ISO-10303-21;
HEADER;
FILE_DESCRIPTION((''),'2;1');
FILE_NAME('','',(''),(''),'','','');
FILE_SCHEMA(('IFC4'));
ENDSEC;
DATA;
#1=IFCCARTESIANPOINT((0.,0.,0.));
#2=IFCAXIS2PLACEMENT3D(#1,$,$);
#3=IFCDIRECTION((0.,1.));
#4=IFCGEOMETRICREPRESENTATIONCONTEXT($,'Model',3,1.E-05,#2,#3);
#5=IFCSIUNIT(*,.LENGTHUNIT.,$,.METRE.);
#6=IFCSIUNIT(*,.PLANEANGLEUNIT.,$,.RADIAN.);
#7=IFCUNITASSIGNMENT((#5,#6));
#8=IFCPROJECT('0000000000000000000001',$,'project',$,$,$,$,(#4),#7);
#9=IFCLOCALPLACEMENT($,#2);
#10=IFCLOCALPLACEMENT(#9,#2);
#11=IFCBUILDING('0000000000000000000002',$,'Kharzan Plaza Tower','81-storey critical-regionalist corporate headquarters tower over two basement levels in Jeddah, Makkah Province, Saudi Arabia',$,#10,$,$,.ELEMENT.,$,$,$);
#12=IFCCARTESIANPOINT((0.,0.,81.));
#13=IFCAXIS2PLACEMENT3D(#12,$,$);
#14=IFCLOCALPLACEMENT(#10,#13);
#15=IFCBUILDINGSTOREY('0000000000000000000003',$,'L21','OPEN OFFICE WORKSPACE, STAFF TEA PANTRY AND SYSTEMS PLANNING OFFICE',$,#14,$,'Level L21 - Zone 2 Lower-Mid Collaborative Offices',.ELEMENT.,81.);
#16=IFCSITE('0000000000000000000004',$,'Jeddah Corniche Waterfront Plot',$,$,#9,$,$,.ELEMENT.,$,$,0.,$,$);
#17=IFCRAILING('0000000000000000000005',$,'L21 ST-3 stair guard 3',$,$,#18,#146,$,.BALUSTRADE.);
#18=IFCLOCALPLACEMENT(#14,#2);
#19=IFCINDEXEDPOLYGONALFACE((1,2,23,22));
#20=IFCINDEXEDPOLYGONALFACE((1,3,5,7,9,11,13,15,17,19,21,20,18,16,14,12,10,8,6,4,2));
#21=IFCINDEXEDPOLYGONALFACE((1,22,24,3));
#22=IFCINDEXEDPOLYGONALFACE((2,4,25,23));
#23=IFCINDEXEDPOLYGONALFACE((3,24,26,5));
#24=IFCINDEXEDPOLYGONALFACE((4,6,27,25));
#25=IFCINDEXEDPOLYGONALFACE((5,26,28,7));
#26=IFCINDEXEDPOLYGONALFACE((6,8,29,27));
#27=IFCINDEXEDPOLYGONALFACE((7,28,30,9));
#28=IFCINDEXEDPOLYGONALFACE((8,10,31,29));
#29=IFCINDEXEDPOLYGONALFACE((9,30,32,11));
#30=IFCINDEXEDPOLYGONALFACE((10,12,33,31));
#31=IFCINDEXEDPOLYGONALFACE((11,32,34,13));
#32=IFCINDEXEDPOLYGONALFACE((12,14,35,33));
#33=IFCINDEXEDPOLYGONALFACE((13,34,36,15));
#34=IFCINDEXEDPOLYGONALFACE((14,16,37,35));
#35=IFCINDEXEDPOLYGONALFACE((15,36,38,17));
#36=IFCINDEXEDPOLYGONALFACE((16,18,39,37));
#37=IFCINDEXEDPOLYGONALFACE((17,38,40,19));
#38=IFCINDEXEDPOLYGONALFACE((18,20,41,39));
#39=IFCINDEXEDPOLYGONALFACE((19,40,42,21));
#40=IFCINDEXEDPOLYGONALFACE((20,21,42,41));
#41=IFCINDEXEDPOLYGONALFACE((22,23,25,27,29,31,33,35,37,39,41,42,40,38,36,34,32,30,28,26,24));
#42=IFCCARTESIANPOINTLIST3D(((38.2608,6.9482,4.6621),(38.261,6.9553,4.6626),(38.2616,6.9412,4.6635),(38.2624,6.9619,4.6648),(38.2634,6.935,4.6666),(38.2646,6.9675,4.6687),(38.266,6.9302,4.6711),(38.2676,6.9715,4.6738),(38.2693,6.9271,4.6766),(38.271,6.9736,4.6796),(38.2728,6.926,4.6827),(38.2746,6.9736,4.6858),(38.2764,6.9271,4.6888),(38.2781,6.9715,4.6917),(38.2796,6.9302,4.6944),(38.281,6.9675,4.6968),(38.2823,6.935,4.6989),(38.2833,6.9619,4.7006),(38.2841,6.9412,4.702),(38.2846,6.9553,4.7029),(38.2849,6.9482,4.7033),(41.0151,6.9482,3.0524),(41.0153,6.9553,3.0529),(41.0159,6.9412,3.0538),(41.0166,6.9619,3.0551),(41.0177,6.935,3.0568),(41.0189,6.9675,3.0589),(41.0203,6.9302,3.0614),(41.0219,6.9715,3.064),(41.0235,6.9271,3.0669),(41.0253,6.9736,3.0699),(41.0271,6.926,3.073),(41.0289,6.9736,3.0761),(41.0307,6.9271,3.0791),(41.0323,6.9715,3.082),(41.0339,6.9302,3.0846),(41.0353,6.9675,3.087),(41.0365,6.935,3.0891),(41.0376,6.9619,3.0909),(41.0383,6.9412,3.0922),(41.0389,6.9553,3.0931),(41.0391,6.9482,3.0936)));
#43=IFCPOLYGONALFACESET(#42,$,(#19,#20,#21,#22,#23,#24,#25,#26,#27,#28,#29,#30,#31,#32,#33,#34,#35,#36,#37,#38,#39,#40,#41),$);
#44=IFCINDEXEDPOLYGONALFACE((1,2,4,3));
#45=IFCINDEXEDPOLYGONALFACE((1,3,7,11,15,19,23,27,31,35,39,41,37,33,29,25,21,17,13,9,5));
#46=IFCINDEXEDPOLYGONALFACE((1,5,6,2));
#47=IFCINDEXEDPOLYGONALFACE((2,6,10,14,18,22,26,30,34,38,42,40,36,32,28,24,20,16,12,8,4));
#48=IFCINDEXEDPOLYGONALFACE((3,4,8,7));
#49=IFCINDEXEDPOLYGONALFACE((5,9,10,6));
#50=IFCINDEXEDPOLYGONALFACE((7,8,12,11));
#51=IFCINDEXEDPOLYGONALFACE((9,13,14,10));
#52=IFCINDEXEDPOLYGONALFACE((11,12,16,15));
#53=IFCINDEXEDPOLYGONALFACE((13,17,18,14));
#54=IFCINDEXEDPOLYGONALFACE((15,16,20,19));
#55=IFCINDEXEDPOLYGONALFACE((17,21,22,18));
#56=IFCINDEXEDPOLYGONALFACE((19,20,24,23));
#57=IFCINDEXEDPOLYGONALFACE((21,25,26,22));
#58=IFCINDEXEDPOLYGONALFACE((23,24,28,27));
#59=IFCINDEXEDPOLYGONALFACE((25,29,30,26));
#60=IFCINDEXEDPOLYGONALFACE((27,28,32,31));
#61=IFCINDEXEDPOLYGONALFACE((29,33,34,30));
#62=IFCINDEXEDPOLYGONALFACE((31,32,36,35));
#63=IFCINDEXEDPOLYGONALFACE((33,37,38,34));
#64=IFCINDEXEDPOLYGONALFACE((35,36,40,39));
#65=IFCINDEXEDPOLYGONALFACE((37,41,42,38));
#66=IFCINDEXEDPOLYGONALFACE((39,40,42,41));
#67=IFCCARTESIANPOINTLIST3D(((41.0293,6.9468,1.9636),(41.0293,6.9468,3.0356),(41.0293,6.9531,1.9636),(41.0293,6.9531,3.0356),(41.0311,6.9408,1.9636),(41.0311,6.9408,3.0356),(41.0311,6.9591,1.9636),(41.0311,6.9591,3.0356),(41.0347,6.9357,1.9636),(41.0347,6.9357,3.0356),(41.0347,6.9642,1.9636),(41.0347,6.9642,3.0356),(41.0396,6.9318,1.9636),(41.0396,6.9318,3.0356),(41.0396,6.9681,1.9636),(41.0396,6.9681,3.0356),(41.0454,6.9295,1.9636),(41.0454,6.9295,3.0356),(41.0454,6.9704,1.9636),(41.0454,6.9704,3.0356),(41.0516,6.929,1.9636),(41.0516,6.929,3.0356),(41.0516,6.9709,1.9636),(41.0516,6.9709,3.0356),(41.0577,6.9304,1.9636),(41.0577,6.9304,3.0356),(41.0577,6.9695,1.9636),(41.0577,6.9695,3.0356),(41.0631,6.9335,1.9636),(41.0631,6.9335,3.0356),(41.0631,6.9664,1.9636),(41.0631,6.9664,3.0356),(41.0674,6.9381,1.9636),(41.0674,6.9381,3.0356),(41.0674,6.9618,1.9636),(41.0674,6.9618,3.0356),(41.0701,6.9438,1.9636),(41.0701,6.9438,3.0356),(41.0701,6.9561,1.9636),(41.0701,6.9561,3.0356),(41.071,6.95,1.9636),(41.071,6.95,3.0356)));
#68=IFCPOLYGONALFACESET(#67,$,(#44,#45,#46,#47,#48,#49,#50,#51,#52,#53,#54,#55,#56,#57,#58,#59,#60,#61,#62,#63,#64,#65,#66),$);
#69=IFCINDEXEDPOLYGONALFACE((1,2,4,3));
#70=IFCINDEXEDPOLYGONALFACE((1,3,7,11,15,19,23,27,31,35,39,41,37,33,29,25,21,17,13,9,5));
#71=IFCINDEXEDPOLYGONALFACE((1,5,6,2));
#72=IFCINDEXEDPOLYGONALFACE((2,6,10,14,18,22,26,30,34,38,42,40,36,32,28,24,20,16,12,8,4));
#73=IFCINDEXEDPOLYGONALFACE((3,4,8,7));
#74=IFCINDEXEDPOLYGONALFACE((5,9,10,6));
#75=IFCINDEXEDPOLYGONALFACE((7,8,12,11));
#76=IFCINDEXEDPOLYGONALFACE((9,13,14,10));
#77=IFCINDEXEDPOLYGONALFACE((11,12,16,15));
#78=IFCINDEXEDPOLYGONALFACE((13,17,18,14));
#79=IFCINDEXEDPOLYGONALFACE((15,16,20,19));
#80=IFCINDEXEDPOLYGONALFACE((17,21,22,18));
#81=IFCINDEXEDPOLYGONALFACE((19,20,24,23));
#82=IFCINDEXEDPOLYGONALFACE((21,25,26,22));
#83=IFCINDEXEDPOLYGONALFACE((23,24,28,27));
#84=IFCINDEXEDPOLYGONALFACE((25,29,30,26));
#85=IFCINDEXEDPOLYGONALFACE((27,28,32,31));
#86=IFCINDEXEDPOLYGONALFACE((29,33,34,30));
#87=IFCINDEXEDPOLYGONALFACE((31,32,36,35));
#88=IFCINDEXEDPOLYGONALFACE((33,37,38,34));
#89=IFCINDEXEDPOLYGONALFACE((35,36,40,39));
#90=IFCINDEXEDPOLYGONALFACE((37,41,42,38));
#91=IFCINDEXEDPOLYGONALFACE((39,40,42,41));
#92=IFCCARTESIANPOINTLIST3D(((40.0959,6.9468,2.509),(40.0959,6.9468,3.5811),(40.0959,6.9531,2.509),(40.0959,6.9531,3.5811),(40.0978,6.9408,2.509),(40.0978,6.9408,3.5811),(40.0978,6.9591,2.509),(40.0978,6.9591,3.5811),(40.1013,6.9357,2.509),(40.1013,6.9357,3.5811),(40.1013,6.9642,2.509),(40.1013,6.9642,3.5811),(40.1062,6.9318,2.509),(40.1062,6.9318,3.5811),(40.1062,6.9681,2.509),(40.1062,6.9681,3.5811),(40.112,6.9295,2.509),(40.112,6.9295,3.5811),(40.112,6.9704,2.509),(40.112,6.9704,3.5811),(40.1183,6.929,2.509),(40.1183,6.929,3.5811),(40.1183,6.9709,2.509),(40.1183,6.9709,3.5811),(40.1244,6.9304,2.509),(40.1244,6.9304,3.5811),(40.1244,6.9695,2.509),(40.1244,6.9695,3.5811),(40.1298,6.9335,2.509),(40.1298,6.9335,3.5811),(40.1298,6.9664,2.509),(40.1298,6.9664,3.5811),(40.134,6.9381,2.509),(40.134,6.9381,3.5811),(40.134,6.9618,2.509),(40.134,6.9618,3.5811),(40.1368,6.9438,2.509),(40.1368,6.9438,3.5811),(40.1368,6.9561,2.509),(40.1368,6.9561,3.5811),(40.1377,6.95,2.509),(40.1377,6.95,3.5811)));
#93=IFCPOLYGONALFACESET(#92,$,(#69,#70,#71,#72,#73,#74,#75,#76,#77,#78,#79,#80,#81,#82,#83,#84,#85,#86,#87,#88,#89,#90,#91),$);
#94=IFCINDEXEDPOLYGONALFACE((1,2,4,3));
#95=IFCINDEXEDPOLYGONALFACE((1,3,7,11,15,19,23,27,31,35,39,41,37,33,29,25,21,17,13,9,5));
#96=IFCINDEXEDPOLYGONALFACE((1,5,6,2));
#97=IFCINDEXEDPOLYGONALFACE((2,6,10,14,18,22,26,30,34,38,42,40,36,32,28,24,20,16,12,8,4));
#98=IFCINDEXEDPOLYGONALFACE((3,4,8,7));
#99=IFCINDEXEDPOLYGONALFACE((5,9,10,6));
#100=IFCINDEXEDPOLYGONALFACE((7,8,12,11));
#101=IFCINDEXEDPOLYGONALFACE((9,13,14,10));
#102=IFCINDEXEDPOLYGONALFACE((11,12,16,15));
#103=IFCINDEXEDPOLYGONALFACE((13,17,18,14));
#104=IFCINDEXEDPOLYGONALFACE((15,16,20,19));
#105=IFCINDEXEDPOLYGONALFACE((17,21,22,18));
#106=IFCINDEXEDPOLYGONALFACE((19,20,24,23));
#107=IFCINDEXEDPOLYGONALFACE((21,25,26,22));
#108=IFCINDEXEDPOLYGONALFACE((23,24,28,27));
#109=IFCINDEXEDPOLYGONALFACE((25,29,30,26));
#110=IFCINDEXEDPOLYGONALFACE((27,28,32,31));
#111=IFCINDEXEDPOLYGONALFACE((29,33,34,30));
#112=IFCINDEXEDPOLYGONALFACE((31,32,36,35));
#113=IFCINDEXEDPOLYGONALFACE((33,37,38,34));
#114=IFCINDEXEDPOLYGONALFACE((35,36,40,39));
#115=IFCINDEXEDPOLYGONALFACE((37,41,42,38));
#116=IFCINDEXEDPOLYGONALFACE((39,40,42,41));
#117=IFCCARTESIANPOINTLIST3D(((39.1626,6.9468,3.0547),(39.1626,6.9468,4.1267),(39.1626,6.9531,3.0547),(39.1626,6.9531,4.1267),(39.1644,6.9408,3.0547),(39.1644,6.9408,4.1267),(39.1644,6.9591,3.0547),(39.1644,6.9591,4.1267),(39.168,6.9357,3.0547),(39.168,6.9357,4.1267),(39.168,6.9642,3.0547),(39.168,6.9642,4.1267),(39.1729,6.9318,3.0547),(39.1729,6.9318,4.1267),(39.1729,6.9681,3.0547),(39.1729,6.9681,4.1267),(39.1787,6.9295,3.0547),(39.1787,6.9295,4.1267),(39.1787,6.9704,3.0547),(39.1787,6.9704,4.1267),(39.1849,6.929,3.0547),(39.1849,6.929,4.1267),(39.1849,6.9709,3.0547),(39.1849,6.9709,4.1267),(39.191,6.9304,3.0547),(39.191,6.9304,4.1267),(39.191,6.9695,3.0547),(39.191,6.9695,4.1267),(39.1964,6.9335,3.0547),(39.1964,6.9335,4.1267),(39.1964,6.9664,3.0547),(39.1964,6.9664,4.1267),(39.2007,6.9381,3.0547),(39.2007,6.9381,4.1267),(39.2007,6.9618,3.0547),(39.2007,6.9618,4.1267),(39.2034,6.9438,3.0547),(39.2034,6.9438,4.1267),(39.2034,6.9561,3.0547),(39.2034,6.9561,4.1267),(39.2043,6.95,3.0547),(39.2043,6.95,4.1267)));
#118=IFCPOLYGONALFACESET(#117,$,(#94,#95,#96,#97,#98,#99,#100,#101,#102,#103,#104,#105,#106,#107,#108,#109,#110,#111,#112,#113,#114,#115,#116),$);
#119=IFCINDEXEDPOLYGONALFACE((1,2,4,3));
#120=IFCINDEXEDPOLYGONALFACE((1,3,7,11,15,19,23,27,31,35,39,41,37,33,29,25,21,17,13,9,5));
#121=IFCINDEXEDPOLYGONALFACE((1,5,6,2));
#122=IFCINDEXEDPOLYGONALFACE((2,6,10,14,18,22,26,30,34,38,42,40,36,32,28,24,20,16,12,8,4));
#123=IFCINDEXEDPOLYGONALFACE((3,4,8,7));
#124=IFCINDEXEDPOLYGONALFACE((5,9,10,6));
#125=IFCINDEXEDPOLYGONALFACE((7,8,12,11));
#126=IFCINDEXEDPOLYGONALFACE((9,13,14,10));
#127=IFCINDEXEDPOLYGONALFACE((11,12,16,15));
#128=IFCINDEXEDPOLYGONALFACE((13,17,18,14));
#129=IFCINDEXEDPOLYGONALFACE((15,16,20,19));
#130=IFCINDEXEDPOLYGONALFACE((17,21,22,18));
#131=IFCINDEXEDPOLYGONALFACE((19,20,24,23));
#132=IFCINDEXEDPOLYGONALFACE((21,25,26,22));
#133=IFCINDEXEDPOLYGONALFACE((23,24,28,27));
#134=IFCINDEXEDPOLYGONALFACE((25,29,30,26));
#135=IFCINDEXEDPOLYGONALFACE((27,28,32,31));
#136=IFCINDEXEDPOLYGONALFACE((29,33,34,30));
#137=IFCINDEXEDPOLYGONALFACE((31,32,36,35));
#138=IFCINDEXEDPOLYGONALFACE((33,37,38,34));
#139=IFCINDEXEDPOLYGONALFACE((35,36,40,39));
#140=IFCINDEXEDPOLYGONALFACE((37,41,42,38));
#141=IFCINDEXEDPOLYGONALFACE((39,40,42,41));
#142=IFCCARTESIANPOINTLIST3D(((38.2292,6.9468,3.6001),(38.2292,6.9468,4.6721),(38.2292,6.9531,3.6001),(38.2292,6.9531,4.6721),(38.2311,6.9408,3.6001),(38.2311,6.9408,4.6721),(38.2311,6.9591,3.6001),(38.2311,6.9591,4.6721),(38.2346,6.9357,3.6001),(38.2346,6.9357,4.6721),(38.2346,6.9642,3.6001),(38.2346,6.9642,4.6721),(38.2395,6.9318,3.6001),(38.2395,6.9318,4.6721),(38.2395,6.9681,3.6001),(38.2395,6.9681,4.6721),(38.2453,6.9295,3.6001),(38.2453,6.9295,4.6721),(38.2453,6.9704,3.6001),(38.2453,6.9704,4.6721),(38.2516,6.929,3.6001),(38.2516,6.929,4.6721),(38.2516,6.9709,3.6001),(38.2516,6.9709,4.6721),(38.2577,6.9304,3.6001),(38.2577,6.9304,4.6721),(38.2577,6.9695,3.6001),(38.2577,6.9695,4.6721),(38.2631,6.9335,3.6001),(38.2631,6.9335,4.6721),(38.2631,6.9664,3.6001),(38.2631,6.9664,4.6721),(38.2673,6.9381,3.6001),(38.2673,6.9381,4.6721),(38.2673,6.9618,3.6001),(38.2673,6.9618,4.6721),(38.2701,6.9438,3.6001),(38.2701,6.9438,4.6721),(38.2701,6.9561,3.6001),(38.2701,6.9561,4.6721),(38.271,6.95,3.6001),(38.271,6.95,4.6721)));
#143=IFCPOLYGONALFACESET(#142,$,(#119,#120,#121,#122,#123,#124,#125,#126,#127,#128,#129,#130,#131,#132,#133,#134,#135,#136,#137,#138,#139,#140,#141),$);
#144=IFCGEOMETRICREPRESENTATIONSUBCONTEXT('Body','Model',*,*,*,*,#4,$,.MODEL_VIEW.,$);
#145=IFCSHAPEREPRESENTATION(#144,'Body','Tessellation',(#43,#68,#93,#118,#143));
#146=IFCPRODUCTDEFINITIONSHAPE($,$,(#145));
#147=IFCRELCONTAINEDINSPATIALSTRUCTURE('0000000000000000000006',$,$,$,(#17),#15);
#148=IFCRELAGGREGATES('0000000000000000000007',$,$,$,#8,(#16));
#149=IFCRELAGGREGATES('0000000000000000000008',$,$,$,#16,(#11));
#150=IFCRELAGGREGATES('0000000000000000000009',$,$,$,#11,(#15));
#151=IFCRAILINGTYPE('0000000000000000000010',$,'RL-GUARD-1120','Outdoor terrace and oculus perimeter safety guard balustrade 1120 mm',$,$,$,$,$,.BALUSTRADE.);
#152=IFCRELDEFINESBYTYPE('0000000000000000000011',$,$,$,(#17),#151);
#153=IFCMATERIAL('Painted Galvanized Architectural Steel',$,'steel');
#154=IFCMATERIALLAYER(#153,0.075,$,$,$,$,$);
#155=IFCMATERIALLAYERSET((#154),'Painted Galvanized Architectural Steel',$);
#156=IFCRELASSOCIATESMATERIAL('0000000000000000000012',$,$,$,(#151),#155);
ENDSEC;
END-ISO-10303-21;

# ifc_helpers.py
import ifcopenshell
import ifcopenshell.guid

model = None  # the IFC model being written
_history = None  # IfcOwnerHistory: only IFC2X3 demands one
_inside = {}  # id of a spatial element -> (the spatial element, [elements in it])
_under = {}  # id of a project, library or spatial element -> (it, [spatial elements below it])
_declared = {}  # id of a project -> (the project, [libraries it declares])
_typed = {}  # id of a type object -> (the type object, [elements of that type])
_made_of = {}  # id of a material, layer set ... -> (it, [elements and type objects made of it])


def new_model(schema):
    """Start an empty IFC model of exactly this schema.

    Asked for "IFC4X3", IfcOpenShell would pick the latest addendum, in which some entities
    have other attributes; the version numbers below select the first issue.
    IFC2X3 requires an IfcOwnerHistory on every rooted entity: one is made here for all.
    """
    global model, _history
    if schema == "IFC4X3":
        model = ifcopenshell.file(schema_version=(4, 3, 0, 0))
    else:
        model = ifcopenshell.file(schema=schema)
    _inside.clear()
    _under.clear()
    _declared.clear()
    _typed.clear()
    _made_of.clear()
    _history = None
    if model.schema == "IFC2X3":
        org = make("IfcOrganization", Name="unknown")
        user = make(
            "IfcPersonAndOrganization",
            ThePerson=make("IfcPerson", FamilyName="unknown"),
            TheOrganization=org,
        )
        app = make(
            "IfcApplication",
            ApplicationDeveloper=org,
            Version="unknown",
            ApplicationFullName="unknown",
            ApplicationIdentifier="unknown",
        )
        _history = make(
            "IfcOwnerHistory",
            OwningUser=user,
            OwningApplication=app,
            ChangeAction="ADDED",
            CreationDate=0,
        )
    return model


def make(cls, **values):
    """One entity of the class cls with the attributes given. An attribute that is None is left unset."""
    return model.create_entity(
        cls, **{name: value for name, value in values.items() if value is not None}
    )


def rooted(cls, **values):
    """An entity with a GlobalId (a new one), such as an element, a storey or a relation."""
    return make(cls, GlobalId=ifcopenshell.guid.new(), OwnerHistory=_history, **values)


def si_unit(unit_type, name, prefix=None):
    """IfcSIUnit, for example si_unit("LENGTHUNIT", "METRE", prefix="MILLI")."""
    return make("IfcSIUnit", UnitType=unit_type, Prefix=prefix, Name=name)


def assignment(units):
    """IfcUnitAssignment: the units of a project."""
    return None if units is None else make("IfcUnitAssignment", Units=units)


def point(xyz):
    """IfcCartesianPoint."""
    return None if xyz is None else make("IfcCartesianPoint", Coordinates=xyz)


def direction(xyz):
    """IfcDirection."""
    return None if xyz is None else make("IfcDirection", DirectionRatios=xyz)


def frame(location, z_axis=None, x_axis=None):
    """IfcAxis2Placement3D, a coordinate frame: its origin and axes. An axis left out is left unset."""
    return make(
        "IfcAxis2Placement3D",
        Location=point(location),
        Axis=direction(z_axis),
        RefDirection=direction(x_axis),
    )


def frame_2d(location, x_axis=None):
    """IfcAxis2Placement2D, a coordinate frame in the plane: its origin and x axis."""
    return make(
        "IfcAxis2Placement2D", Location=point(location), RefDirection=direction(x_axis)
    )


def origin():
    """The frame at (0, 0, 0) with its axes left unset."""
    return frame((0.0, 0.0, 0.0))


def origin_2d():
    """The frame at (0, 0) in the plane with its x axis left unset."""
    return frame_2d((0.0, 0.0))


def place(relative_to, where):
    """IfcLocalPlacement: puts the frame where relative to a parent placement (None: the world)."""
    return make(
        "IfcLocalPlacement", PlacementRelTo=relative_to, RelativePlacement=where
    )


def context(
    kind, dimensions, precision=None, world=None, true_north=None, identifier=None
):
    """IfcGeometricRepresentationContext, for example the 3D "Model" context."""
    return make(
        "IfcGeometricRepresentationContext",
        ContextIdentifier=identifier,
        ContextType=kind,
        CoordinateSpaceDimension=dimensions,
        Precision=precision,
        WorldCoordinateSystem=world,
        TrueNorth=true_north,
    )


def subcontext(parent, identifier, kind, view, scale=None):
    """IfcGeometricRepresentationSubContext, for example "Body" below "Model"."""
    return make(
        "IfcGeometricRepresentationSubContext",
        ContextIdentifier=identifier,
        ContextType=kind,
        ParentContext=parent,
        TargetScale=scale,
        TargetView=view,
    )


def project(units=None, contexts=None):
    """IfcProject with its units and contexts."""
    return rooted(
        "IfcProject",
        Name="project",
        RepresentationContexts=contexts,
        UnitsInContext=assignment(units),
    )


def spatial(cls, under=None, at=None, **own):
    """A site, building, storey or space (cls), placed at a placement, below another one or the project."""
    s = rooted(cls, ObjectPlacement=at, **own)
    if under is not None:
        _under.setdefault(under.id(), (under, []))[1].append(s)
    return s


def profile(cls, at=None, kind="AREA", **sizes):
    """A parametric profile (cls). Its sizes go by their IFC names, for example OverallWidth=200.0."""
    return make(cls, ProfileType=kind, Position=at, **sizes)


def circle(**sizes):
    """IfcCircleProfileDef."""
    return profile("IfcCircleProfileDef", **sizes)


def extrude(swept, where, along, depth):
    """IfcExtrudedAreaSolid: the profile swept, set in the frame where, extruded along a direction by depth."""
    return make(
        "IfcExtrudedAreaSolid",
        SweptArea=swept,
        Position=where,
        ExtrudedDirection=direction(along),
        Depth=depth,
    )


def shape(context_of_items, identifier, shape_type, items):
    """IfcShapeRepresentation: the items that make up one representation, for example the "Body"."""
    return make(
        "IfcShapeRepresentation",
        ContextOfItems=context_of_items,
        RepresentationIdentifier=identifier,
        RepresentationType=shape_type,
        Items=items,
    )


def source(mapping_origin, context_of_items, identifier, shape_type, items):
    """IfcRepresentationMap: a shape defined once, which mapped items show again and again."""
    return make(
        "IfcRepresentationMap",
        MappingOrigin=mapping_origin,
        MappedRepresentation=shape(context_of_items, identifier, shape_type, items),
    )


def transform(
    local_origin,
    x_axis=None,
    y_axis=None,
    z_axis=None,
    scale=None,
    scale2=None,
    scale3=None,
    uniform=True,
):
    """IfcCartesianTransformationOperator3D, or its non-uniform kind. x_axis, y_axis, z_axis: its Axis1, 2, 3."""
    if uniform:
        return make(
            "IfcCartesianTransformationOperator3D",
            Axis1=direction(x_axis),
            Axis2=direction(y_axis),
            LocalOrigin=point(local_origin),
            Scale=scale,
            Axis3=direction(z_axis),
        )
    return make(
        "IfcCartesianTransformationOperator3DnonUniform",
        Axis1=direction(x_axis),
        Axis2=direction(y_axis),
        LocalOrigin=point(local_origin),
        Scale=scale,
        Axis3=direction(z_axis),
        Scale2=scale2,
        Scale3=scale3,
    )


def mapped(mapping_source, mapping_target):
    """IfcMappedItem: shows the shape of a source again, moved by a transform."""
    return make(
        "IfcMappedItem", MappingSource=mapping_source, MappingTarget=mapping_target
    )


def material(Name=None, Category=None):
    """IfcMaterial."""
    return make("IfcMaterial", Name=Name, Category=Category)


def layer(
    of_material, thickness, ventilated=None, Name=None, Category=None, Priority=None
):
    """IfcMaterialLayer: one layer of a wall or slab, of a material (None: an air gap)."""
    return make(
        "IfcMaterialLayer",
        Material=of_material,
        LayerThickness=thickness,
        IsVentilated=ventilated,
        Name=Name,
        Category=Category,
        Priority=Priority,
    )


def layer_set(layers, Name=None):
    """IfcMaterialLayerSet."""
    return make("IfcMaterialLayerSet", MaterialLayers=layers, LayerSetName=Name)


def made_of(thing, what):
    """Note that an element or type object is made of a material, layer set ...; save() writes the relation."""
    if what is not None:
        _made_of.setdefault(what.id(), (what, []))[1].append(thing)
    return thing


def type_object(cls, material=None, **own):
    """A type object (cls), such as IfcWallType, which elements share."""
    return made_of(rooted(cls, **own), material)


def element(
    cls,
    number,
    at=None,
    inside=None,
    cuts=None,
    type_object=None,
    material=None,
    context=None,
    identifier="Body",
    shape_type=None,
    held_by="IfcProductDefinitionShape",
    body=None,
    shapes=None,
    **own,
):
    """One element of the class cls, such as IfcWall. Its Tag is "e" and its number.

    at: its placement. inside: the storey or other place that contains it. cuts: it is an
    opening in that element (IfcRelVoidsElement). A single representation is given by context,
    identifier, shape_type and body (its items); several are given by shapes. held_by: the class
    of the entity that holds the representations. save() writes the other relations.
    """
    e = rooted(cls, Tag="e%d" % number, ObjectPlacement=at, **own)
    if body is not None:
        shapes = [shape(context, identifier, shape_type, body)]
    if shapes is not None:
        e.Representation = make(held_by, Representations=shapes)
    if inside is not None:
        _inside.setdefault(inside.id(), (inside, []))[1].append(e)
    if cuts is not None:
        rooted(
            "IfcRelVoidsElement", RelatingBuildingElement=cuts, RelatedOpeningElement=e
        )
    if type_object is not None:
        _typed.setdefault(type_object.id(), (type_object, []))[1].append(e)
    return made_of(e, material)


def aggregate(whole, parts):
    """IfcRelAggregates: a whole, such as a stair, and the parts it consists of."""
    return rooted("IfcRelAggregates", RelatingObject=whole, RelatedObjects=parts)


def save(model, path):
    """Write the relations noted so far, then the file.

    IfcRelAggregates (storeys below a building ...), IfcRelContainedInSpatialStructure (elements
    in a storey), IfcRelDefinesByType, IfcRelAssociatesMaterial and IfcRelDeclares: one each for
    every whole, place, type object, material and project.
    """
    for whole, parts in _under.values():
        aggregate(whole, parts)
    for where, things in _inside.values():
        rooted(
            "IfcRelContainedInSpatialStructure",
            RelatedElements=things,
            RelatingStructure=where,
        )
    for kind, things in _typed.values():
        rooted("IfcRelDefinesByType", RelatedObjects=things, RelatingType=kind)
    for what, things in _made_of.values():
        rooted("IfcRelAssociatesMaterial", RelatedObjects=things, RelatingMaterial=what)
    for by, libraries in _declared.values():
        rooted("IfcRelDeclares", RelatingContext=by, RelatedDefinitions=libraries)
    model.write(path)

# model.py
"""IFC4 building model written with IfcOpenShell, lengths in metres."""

from ifc_helpers import new_model, si_unit, direction, frame, origin, origin_2d, place, context, subcontext, project, spatial, circle, extrude, source, transform, mapped, material, layer, layer_set, type_object, element, save


model = new_model("IFC4")

# Units and contexts
model_context = context("Model", 3, precision=1e-05, world=origin(), true_north=direction((0.0, 1.0)))
body_context = subcontext(model_context, "Body", "Model", "MODEL_VIEW")
ifc_project = project(units=[si_unit("LENGTHUNIT", "METRE"), si_unit("PLANEANGLEUNIT", "RADIAN")], contexts=[model_context])

# Site, building, storey
site_placement = place(None, origin())
site = spatial("IfcSite", under=ifc_project, at=site_placement, Name="Jeddah Corniche Waterfront Plot", CompositionType="ELEMENT", RefElevation=0.0)
building_placement = place(site_placement, origin())
building = spatial("IfcBuilding", under=site, at=building_placement, Name="Kharzan Plaza Tower", Description="81-storey critical-regionalist corporate headquarters tower over two basement levels in Jeddah, Makkah Province, Saudi Arabia", CompositionType="ELEMENT")
storey_placement = place(building_placement, frame((0.0, 0.0, 81.0)))
storey = spatial("IfcBuildingStorey", under=building, at=storey_placement, Name="L21", Description="OPEN OFFICE WORKSPACE, STAFF TEA PANTRY AND SYSTEMS PLANNING OFFICE", LongName="Level L21 - Zone 2 Lower-Mid Collaborative Offices", CompositionType="ELEMENT", Elevation=81.0)

# Railing
ifc_material_1 = material(Name="Painted Galvanized Architectural Steel", Category="steel")
ifc_layer_1 = layer(ifc_material_1, 0.075)
ifc_layer_set_1 = layer_set([ifc_layer_1], Name="Painted Galvanized Architectural Steel")
railing_type_1 = type_object("IfcRailingType", Name="RL-GUARD-1120", Description="Outdoor terrace and oculus perimeter safety guard balustrade 1120 mm", PredefinedType="BALUSTRADE", material=ifc_layer_set_1)
shared_shape_1 = source(origin(), body_context, "Body", "SweptSolid", [
    extrude(circle(Radius=0.0239, at=origin_2d()), frame((-0.0229, 0.0, 1.1094), z_axis=(-0.863361, 0.0, 0.504587), x_axis=(0.0, -1.0, 0.0)), (0.0, 0.0, 1.0), 3.1902),
    extrude(circle(Radius=0.021, at=origin_2d()), origin(), (0.0, 0.0, 1.0), 1.072),
    extrude(circle(Radius=0.021, at=origin_2d()), frame((-0.9333, 0.0, 0.5454)), (0.0, 0.0, 1.0), 1.072),
    extrude(circle(Radius=0.021, at=origin_2d()), frame((-1.8667, 0.0, 1.0911)), (0.0, 0.0, 1.0), 1.072),
    extrude(circle(Radius=0.021, at=origin_2d()), frame((-2.8, 0.0, 1.6365)), (0.0, 0.0, 1.0), 1.072),
])
railing_1_placement = place(storey_placement, frame((41.05, 6.95, 1.9636)))
element("IfcRailing", 1, at=railing_1_placement, inside=storey, type_object=railing_type_1, Name="L21 ST-3 stair guard 3", PredefinedType="BALUSTRADE", context=body_context, shape_type="MappedRepresentation", body=[
    mapped(shared_shape_1, transform((0.0, 0.0, 0.0), x_axis=(1.0, 0.0, 0.0), y_axis=(0.0, 1.0, 0.0), z_axis=(0.0, 0.0, 1.0))),
])

save(model, "model.ifc")
